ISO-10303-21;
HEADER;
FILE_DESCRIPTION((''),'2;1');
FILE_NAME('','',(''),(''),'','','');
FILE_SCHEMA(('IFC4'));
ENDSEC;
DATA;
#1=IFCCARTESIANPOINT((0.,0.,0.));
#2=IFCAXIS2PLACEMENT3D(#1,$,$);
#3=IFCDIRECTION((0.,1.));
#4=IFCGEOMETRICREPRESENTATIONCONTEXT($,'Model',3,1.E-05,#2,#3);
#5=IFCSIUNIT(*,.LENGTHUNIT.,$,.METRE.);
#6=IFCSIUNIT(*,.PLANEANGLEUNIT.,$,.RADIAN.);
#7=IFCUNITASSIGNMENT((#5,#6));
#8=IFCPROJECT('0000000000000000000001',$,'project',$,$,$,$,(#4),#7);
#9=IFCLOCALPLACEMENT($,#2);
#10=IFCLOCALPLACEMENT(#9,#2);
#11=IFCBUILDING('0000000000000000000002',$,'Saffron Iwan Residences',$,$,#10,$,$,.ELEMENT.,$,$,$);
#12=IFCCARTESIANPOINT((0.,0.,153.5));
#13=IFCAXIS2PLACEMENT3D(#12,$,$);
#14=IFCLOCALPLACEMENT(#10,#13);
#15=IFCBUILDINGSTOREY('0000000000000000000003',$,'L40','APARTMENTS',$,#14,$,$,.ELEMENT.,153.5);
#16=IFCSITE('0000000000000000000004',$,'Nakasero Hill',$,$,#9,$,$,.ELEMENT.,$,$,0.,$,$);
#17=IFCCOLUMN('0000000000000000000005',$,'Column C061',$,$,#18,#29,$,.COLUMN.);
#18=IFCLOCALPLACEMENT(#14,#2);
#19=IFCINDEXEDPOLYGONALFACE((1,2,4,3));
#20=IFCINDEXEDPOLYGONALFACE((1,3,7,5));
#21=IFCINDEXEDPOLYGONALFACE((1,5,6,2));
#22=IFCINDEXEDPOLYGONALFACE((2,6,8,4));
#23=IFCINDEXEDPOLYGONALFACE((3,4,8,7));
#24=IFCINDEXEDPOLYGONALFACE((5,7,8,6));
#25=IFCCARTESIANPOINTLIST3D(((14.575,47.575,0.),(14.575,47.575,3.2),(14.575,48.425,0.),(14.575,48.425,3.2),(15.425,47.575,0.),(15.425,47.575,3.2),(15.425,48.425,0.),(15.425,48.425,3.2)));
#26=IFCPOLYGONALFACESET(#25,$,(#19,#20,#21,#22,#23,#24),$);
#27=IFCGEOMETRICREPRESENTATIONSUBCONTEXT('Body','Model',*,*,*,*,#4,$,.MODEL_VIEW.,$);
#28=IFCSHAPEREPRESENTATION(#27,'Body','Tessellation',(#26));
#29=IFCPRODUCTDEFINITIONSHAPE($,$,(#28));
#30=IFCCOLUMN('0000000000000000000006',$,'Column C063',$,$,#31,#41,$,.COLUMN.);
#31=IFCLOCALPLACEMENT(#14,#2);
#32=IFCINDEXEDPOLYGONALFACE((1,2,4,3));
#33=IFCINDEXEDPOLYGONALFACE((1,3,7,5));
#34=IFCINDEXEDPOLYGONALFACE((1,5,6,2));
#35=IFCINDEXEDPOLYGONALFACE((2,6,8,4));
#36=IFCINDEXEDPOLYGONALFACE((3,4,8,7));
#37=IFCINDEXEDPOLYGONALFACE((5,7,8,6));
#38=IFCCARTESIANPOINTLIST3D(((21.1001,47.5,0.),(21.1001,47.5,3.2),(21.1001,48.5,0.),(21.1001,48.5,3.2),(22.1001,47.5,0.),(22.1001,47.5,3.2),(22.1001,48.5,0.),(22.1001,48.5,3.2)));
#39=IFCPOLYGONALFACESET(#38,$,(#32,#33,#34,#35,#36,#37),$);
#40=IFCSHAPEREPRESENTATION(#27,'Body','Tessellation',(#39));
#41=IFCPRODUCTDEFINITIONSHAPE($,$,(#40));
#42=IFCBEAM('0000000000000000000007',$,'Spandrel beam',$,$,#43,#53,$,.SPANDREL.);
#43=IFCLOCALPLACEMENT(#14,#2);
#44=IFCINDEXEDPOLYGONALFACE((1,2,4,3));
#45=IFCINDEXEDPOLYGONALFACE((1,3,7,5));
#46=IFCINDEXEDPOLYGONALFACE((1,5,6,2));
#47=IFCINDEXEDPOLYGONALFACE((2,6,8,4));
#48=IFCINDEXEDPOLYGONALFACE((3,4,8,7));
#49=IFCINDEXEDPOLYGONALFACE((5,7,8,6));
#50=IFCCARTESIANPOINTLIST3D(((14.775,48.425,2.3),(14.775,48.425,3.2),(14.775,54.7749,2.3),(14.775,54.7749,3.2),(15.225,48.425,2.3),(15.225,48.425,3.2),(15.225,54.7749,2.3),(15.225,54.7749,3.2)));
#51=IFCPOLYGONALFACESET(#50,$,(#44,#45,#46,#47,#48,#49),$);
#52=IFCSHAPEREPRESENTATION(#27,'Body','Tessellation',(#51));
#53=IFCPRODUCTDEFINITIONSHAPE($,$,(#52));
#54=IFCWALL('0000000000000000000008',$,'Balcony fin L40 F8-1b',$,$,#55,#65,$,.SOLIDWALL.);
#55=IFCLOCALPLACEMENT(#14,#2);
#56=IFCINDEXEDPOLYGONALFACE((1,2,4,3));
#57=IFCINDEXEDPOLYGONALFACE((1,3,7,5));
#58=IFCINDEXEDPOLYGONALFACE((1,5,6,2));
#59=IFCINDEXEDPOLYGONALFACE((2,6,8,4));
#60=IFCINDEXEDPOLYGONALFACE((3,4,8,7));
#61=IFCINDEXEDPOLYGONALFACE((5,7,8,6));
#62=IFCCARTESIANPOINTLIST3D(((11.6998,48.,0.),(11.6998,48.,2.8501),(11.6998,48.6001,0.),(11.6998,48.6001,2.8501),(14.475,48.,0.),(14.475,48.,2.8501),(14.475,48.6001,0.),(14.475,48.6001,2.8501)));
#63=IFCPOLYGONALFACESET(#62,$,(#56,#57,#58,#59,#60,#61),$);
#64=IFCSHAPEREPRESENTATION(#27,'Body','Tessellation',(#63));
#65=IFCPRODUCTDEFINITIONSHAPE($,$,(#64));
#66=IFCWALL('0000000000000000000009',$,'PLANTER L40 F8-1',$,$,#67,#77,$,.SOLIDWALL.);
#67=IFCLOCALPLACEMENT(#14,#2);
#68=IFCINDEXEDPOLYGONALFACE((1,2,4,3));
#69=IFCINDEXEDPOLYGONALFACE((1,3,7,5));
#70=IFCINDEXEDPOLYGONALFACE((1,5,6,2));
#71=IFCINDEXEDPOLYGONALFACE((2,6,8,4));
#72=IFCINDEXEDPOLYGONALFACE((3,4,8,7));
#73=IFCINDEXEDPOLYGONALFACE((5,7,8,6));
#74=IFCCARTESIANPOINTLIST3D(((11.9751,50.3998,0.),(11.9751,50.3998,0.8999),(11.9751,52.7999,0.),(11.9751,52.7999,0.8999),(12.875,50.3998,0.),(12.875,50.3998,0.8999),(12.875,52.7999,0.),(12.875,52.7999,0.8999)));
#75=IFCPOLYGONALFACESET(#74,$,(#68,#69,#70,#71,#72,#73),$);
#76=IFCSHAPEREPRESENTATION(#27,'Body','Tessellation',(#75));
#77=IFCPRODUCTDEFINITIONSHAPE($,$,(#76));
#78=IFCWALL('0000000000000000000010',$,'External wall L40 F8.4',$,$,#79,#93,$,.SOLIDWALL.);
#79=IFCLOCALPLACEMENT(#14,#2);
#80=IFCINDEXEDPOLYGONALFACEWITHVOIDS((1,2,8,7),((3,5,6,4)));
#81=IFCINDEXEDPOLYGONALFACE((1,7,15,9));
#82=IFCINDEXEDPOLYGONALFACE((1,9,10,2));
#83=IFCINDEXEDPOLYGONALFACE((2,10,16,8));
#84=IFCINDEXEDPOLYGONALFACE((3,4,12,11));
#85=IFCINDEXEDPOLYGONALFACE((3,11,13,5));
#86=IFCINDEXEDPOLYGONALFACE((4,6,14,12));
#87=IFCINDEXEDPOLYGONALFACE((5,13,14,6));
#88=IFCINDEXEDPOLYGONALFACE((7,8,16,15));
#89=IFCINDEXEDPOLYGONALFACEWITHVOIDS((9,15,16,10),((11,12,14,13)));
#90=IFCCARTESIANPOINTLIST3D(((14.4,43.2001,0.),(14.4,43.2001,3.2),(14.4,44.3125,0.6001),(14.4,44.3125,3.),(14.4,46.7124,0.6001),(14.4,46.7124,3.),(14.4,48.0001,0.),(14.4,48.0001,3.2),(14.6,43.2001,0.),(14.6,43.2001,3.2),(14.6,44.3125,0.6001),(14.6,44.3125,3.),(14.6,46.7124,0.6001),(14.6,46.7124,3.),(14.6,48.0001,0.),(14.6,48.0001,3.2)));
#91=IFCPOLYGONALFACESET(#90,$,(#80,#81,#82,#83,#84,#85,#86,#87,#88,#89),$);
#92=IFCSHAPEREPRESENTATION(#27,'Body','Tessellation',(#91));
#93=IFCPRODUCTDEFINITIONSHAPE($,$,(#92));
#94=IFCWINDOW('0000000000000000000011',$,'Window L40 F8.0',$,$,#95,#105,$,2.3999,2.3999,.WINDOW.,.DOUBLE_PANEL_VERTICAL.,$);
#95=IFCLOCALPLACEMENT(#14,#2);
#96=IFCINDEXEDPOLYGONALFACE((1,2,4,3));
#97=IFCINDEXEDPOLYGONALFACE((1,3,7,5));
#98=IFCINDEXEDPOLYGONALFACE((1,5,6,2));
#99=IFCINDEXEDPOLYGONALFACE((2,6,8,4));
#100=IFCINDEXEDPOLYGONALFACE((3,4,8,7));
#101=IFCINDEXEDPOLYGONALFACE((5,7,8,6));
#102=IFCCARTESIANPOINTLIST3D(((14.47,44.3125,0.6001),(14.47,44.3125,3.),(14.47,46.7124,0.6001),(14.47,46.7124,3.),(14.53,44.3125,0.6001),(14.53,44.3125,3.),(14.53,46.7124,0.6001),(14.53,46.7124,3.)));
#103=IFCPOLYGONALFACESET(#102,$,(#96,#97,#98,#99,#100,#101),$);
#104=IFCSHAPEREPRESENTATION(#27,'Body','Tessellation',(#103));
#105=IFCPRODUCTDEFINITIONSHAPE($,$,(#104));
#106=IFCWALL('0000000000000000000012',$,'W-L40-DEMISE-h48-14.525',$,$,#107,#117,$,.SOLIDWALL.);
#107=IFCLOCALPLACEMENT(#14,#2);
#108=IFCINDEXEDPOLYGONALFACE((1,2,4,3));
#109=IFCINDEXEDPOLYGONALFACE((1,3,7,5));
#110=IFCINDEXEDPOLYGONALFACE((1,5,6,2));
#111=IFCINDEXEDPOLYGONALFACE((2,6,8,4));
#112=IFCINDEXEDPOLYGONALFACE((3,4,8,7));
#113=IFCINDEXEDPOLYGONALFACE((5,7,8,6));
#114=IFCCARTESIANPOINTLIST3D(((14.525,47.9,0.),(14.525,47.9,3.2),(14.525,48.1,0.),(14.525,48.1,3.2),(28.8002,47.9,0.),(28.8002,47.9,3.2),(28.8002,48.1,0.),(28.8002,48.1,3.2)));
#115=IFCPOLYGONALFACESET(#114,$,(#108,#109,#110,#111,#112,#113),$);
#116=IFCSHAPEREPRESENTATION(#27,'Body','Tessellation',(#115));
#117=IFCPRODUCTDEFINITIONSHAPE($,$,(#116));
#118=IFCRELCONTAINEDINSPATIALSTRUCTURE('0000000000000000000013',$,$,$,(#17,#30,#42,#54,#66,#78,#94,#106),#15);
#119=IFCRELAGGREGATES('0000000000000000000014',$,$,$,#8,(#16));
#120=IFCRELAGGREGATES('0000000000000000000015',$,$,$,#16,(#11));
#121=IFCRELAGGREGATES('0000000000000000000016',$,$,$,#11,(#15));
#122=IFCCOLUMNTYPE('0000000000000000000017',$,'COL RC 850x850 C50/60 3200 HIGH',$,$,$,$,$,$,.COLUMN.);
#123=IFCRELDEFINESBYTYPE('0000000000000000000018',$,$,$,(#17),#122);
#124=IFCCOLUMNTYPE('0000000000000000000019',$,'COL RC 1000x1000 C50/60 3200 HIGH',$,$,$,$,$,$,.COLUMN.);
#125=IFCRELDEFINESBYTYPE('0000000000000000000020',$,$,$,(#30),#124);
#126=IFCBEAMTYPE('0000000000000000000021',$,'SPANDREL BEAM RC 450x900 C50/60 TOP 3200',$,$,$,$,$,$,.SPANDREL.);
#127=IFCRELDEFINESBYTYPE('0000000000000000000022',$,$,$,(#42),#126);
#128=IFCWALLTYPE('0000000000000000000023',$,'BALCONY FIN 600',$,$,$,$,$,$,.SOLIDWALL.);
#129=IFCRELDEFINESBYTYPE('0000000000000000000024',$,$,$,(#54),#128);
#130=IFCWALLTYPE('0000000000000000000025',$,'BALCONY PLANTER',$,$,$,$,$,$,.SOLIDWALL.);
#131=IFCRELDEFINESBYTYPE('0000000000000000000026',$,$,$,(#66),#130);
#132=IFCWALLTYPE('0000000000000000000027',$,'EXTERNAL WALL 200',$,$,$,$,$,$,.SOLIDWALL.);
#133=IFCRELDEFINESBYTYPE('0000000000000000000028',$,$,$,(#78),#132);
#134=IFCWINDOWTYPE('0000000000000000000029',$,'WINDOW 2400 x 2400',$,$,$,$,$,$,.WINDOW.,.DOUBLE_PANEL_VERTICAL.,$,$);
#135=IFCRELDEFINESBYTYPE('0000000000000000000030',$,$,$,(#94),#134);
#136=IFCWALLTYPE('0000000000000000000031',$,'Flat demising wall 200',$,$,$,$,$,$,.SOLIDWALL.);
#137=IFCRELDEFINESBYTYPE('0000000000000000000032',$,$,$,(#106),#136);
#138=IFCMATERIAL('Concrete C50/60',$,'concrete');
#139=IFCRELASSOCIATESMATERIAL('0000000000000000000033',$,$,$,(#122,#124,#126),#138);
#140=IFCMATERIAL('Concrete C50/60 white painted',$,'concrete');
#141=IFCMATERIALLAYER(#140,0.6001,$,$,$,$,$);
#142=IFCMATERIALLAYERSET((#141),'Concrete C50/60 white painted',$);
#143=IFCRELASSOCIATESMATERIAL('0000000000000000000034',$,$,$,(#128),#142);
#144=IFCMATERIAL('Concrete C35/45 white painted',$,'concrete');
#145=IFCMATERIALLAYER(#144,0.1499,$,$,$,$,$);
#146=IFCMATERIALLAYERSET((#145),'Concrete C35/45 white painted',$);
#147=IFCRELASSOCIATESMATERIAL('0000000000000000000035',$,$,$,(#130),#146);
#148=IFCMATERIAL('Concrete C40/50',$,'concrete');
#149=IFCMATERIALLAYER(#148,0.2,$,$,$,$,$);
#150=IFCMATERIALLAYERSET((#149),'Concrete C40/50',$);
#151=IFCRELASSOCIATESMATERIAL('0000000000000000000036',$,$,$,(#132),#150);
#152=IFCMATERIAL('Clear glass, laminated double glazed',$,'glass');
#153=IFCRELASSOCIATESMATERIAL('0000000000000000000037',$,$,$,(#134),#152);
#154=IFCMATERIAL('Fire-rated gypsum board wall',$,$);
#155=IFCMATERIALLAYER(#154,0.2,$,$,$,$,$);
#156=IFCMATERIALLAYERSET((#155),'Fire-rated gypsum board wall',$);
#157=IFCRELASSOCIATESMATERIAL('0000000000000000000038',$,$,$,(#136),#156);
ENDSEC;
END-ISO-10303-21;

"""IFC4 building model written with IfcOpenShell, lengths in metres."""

from ifc_helpers import new_model, si_unit, direction, frame, frame_2d, origin, origin_2d, place, context, subcontext, project, spatial, rectangle, extrude, source, transform, mapped, material, layer, layer_set, material_profile, profile_set, type_object, element, fill, save


model = new_model("IFC4")

# Units and contexts
model_context = context("Model", 3, precision=1e-05, world=origin(), true_north=direction((0.0, 1.0)))
body_context = subcontext(model_context, "Body", "Model", "MODEL_VIEW")
ifc_project = project(units=[si_unit("LENGTHUNIT", "METRE"), si_unit("PLANEANGLEUNIT", "RADIAN")], contexts=[model_context])

# Site, building, storey
site_placement = place(None, origin())
site = spatial("IfcSite", under=ifc_project, at=site_placement, Name="Nakasero Hill", CompositionType="ELEMENT", RefElevation=0.0)
building_placement = place(site_placement, origin())
building = spatial("IfcBuilding", under=site, at=building_placement, Name="Saffron Iwan Residences", CompositionType="ELEMENT")
storey_placement = place(building_placement, frame((0.0, 0.0, 153.5)))
storey = spatial("IfcBuildingStorey", under=building, at=storey_placement, Name="L40", Description="APARTMENTS", CompositionType="ELEMENT", Elevation=153.5)

# Columns
ifc_material_1 = material(Name="Concrete C50/60", Category="concrete")
ifc_material_profile_1 = material_profile(ifc_material_1, rectangle(XDim=0.8501, YDim=0.8501, at=origin_2d()), Name="RC 850x850")
ifc_profile_set_1 = profile_set([ifc_material_profile_1], Name="Concrete C50/60")
column_type_1 = type_object("IfcColumnType", Name="COL RC 850x850 C50/60 3200 HIGH", PredefinedType="COLUMN", material=ifc_profile_set_1)
shared_shape_1 = source(origin(), body_context, "Body", "SweptSolid", [
    extrude(rectangle(XDim=0.8501, YDim=0.8501, at=origin_2d()), origin(), (0.0, 0.0, 1.0), 3.2),
])
column_1_placement = place(storey_placement, frame((15.0, 48.0, 0.0), z_axis=(0.0, 0.0, 1.0), x_axis=(1.0, 0.0, 0.0)))
element("IfcColumn", 1, at=column_1_placement, inside=storey, type_object=column_type_1, Name="Column C061", PredefinedType="COLUMN", context=body_context, shape_type="MappedRepresentation", body=[
    mapped(shared_shape_1, transform((0.0, 0.0, 0.0))),
])
ifc_material_profile_2 = material_profile(ifc_material_1, rectangle(XDim=1.0, YDim=1.0, at=origin_2d()), Name="RC 1000x1000")
ifc_profile_set_2 = profile_set([ifc_material_profile_2], Name="Concrete C50/60")
column_type_2 = type_object("IfcColumnType", Name="COL RC 1000x1000 C50/60 3200 HIGH", PredefinedType="COLUMN", material=ifc_profile_set_2)
shared_shape_2 = source(origin(), body_context, "Body", "SweptSolid", [
    extrude(rectangle(XDim=1.0, YDim=1.0, at=origin_2d()), origin(), (0.0, 0.0, 1.0), 3.2),
])
column_2_placement = place(storey_placement, frame((21.6001, 48.0, 0.0), z_axis=(0.0, 0.0, 1.0), x_axis=(1.0, 0.0, 0.0)))
element("IfcColumn", 2, at=column_2_placement, inside=storey, type_object=column_type_2, Name="Column C063", PredefinedType="COLUMN", context=body_context, shape_type="MappedRepresentation", body=[
    mapped(shared_shape_2, transform((0.0, 0.0, 0.0))),
])

# Beam
ifc_material_profile_3 = material_profile(ifc_material_1, rectangle(XDim=0.45, YDim=0.8999, at=origin_2d()), Name="RC 450x900")
ifc_profile_set_3 = profile_set([ifc_material_profile_3], Name="Concrete C50/60")
beam_type = type_object("IfcBeamType", Name="SPANDREL BEAM RC 450x900 C50/60 TOP 3200", PredefinedType="SPANDREL", material=ifc_profile_set_3)
shared_shape_3 = source(origin(), body_context, "Body", "SweptSolid", [
    extrude(rectangle(XDim=0.45, YDim=0.8999, at=origin_2d()), origin(), (0.0, 0.0, 1.0), 6.3499),
])
beam_placement = place(storey_placement, frame((15.0, 48.425, 2.75), z_axis=(0.0, 1.0, 0.0), x_axis=(-1.0, 0.0, 0.0)))
element("IfcBeam", 3, at=beam_placement, inside=storey, type_object=beam_type, Name="Spandrel beam", PredefinedType="SPANDREL", context=body_context, shape_type="MappedRepresentation", body=[
    mapped(shared_shape_3, transform((0.0, 0.0, 0.0))),
])

# Walls
ifc_material_2 = material(Name="Concrete C50/60 white painted", Category="concrete")
ifc_layer_1 = layer(ifc_material_2, 0.6001)
ifc_layer_set_1 = layer_set([ifc_layer_1], Name="Concrete C50/60 white painted")
wall_type_1 = type_object("IfcWallType", Name="BALCONY FIN 600", PredefinedType="SOLIDWALL", material=ifc_layer_set_1)
wall_1_placement = place(storey_placement, frame((14.4751, 48.3, 0.0), z_axis=(0.0, 0.0, 1.0), x_axis=(-1.0, 0.0, 0.0)))
element("IfcWall", 4, at=wall_1_placement, inside=storey, type_object=wall_type_1, Name="Balcony fin L40 F8-1b", PredefinedType="SOLIDWALL", context=body_context, shape_type="SweptSolid", body=[
    extrude(rectangle(XDim=2.7751, YDim=0.6001, at=frame_2d((1.3877, 0.0))), origin(), (0.0, 0.0, 1.0), 2.8501),
])
ifc_material_3 = material(Name="Concrete C35/45 white painted", Category="concrete")
ifc_layer_2 = layer(ifc_material_3, 0.1499)
ifc_layer_set_2 = layer_set([ifc_layer_2], Name="Concrete C35/45 white painted")
wall_type_2 = type_object("IfcWallType", Name="BALCONY PLANTER", PredefinedType="SOLIDWALL", material=ifc_layer_set_2)
wall_2_placement = place(storey_placement, frame((12.425, 52.8, 0.0), z_axis=(0.0, 0.0, 1.0), x_axis=(0.0, -1.0, 0.0)))
element("IfcWall", 5, at=wall_2_placement, inside=storey, type_object=wall_type_2, Name="PLANTER L40 F8-1", PredefinedType="SOLIDWALL", context=body_context, shape_type="SweptSolid", body=[
    extrude(rectangle(XDim=2.4001, YDim=0.8999, at=frame_2d((1.2002, 0.0))), origin(), (0.0, 0.0, 1.0), 0.8999),
])

# Wall, opening, window
ifc_material_4 = material(Name="Concrete C40/50", Category="concrete")
ifc_layer_3 = layer(ifc_material_4, 0.2)
ifc_layer_set_3 = layer_set([ifc_layer_3], Name="Concrete C40/50")
wall_type_3 = type_object("IfcWallType", Name="EXTERNAL WALL 200", PredefinedType="SOLIDWALL", material=ifc_layer_set_3)
wall_3_placement = place(storey_placement, frame((14.5, 48.0, 0.0), z_axis=(0.0, 0.0, 1.0), x_axis=(0.0, -1.0, 0.0)))
wall_3 = element("IfcWall", 6, at=wall_3_placement, inside=storey, type_object=wall_type_3, Name="External wall L40 F8.4", PredefinedType="SOLIDWALL", context=body_context, shape_type="SweptSolid", body=[
    extrude(rectangle(XDim=4.8, YDim=0.2, at=frame_2d((2.3999, 0.0))), origin(), (0.0, 0.0, 1.0), 3.2),
])
opening_1_placement = place(wall_3_placement, frame((1.2876, 0.0, 0.6001)))
opening_1 = element("IfcOpeningElement", 7, at=opening_1_placement, cuts=wall_3, PredefinedType="OPENING", context=body_context, shape_type="SweptSolid", body=[
    extrude(rectangle(XDim=2.3999, YDim=2.3999, at=frame_2d((1.2, 1.2))), frame((0.0, 0.1099, 0.0), z_axis=(0.0, -1.0, 0.0), x_axis=(1.0, 0.0, 0.0)), (0.0, 0.0, 1.0), 0.22),
])
ifc_material_5 = material(Name="Clear glass, laminated double glazed", Category="glass")
window_type = type_object("IfcWindowType", Name="WINDOW 2400 x 2400", PartitioningType="DOUBLE_PANEL_VERTICAL", PredefinedType="WINDOW", material=ifc_material_5)
window_placement = place(opening_1_placement, origin())
window = element("IfcWindow", 8, at=window_placement, inside=storey, type_object=window_type, Name="Window L40 F8.0", OverallHeight=2.3999, OverallWidth=2.3999, PartitioningType="DOUBLE_PANEL_VERTICAL", PredefinedType="WINDOW", context=body_context, shape_type="SweptSolid", body=[
    extrude(rectangle(XDim=2.3999, YDim=2.3999, at=frame_2d((1.2, 1.2))), frame((0.0, 0.03, 0.0), z_axis=(0.0, -1.0, 0.0), x_axis=(1.0, 0.0, 0.0)), (0.0, 0.0, 1.0), 0.0601),
])
fill(opening_1, window)

# Wall
ifc_material_6 = material(Name="Fire-rated gypsum board wall")
ifc_layer_4 = layer(ifc_material_6, 0.2)
ifc_layer_set_4 = layer_set([ifc_layer_4], Name="Fire-rated gypsum board wall")
wall_type_4 = type_object("IfcWallType", Name="Flat demising wall 200", PredefinedType="SOLIDWALL", material=ifc_layer_set_4)
wall_4_placement = place(storey_placement, frame((14.5249, 48.0, 0.0), z_axis=(0.0, 0.0, 1.0), x_axis=(1.0, 0.0, 0.0)))
element("IfcWall", 9, at=wall_4_placement, inside=storey, type_object=wall_type_4, Name="W-L40-DEMISE-h48-14.525", PredefinedType="SOLIDWALL", context=body_context, shape_type="SweptSolid", body=[
    extrude(rectangle(XDim=14.2751, YDim=0.2, at=frame_2d((7.1377, 0.0))), origin(), (0.0, 0.0, 1.0), 3.2),
])

save(model, "model.ifc")
